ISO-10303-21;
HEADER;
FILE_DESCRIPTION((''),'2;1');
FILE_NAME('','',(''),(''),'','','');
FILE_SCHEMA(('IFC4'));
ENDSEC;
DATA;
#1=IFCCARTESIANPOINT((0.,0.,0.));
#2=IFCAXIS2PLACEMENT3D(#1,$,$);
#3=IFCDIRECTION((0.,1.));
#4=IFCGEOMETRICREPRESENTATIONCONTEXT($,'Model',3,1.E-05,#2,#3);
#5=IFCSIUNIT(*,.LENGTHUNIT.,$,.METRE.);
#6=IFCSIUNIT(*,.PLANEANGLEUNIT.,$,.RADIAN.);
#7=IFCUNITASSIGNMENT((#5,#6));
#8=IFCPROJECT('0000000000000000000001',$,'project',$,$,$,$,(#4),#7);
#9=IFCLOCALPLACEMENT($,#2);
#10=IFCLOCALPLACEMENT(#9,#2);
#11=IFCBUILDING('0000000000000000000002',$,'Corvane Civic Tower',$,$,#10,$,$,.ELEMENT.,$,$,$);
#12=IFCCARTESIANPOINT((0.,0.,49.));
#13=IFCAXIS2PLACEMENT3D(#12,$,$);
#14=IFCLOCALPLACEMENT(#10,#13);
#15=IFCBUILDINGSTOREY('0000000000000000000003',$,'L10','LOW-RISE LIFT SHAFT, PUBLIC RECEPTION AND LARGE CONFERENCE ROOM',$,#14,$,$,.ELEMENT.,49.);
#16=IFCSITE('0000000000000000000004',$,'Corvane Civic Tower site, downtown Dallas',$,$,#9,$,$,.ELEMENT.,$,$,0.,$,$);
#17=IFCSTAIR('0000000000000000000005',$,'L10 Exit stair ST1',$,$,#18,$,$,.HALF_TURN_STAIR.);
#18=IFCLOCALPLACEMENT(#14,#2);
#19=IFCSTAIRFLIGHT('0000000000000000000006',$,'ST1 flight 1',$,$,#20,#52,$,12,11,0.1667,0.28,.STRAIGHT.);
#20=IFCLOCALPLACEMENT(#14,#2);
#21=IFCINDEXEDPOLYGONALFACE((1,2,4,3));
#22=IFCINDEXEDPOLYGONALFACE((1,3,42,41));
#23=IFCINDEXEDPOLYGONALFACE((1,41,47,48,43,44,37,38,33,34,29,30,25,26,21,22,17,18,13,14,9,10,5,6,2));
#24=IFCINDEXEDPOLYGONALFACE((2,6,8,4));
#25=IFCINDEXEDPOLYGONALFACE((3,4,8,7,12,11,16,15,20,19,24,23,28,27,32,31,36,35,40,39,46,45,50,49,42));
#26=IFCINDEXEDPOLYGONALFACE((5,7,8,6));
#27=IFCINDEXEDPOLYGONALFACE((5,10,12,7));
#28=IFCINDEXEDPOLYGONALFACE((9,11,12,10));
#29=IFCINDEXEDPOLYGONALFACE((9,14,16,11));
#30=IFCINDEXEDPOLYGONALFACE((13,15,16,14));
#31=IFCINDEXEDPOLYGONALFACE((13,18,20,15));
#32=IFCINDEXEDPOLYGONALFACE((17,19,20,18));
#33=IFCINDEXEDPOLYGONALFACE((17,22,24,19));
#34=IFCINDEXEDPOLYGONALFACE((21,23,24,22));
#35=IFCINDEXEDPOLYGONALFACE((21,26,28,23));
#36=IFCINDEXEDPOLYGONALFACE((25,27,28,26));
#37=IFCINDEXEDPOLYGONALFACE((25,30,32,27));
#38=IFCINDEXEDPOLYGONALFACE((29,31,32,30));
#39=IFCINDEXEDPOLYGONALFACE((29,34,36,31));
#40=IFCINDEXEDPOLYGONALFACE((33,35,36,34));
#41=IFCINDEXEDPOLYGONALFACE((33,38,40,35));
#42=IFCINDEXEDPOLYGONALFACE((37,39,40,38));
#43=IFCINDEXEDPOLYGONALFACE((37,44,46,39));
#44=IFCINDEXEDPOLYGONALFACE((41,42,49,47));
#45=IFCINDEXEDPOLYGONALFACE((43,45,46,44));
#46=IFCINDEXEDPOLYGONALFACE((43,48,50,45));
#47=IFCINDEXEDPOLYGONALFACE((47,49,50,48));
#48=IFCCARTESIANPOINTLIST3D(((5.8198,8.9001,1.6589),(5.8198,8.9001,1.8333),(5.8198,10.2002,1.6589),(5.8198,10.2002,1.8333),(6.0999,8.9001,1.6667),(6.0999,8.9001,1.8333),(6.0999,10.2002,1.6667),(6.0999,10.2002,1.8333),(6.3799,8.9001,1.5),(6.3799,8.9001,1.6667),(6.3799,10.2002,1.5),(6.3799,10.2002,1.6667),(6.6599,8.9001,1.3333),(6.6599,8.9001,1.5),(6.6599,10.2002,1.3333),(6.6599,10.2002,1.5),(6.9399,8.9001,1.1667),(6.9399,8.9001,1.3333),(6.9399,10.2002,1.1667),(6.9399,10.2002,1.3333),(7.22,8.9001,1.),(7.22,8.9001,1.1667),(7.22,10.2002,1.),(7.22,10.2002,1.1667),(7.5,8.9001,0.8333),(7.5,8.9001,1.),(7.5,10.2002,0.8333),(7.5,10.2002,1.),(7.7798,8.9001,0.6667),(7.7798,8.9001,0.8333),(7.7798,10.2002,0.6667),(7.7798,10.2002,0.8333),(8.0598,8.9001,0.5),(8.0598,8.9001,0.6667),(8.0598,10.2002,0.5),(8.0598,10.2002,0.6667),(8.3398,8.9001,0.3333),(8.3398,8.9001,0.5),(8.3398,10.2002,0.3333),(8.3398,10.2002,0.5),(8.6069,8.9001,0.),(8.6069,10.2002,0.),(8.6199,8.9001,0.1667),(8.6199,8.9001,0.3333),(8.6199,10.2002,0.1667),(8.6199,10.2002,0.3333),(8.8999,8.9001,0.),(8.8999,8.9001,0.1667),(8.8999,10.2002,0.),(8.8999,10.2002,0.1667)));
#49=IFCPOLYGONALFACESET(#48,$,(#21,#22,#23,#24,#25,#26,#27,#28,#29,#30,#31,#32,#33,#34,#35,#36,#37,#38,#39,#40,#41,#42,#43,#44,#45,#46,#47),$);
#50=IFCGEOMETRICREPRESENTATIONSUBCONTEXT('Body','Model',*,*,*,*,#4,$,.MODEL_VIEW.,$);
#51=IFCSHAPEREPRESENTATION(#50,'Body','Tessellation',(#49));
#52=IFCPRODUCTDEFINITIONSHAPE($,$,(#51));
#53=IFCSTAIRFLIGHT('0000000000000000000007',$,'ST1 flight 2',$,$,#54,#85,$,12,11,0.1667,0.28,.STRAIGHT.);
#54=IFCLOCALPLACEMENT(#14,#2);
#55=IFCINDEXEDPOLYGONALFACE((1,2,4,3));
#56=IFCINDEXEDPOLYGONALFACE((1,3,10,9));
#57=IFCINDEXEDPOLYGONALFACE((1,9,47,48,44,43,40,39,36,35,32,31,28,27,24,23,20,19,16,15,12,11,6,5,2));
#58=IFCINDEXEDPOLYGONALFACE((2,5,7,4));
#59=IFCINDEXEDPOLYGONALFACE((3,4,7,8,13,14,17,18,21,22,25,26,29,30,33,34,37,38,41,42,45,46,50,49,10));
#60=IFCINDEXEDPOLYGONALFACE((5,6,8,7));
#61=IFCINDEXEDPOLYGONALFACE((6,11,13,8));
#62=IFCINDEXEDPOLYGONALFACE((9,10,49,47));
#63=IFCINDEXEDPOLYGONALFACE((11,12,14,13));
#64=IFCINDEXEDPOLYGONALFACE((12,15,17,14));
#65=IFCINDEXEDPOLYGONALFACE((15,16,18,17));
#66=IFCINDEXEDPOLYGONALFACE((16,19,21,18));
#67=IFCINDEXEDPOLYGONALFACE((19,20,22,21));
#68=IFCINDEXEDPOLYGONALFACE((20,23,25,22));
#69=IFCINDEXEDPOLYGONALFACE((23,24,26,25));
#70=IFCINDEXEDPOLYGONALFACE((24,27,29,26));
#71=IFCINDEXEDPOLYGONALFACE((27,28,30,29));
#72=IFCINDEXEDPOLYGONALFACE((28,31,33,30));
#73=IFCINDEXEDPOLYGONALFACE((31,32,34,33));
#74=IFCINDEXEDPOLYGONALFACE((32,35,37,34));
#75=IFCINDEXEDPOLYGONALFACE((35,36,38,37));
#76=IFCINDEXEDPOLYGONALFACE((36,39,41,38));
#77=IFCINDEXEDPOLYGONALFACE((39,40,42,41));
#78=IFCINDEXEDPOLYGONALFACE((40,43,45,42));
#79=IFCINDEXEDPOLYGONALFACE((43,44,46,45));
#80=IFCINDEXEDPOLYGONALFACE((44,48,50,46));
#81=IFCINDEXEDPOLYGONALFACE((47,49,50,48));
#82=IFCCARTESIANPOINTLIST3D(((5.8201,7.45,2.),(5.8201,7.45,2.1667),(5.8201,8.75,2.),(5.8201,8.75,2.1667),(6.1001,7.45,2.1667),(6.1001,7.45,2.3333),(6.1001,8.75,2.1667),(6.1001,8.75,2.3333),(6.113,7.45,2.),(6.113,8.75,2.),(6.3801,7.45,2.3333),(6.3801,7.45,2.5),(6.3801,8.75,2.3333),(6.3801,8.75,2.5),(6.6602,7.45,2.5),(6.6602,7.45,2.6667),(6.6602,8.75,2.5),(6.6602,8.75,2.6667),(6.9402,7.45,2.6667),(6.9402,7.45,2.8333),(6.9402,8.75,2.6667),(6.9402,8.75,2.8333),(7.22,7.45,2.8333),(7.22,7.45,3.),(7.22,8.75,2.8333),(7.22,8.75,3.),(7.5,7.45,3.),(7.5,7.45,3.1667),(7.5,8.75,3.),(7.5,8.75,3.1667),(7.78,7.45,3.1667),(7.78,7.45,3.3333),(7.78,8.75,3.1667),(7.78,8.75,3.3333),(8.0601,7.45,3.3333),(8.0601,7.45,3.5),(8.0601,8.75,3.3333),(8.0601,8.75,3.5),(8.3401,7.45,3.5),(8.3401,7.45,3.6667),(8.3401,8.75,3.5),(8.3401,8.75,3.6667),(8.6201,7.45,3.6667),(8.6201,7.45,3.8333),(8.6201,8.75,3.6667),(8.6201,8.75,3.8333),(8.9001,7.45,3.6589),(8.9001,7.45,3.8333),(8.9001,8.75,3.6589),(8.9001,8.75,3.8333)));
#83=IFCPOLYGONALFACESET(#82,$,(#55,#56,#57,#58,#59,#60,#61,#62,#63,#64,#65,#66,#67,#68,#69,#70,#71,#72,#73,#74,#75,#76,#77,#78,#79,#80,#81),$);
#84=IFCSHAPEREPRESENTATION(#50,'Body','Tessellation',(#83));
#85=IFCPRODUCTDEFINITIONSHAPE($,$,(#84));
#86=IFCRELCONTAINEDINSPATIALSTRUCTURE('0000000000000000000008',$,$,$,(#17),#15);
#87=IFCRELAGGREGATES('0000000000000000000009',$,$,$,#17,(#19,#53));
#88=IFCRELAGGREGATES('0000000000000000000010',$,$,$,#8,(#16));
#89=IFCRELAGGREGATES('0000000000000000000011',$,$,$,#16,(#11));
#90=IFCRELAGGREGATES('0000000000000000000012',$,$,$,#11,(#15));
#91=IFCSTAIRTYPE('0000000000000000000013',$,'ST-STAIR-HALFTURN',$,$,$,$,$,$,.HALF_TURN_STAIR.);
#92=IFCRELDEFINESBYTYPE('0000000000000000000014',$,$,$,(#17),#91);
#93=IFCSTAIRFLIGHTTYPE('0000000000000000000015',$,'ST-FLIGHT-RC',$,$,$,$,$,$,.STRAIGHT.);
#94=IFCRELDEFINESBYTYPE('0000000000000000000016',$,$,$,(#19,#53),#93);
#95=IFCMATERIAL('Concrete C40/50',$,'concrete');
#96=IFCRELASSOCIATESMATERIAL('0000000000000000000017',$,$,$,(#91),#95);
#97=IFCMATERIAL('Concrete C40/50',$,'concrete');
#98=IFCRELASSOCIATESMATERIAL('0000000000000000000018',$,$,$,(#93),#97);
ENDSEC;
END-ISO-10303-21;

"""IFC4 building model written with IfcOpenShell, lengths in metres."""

from ifc_helpers import new_model, si_unit, direction, frame, origin, place, context, subcontext, project, spatial, polyline, outline, extrude, material, type_object, element, aggregate, save


model = new_model("IFC4")

# Units and contexts
model_context = context("Model", 3, precision=1e-05, world=origin(), true_north=direction((0.0, 1.0)))
body_context = subcontext(model_context, "Body", "Model", "MODEL_VIEW")
ifc_project = project(units=[si_unit("LENGTHUNIT", "METRE"), si_unit("PLANEANGLEUNIT", "RADIAN")], contexts=[model_context])

# Site, building, storey
site_placement = place(None, origin())
site = spatial("IfcSite", under=ifc_project, at=site_placement, Name="Corvane Civic Tower site, downtown Dallas", CompositionType="ELEMENT", RefElevation=0.0)
building_placement = place(site_placement, origin())
building = spatial("IfcBuilding", under=site, at=building_placement, Name="Corvane Civic Tower", CompositionType="ELEMENT")
storey_placement = place(building_placement, frame((0.0, 0.0, 49.0)))
storey = spatial("IfcBuildingStorey", under=building, at=storey_placement, Name="L10", Description="LOW-RISE LIFT SHAFT, PUBLIC RECEPTION AND LARGE CONFERENCE ROOM", CompositionType="ELEMENT", Elevation=49.0)

# Stair, stair flights
ifc_material_1 = material(Name="Concrete C40/50", Category="concrete")
stair_type = type_object("IfcStairType", Name="ST-STAIR-HALFTURN", PredefinedType="HALF_TURN_STAIR", material=ifc_material_1)
stair_placement = place(storey_placement, origin())
stair = element("IfcStair", 1, at=stair_placement, inside=storey, type_object=stair_type, Name="L10 Exit stair ST1", PredefinedType="HALF_TURN_STAIR")
ifc_material_2 = material(Name="Concrete C40/50", Category="concrete")
stair_flight_type = type_object("IfcStairFlightType", Name="ST-FLIGHT-RC", PredefinedType="STRAIGHT", material=ifc_material_2)
stair_flight_1_placement = place(storey_placement, frame((8.8999, 9.55, 0.0), z_axis=(0.0, 0.0, 1.0), x_axis=(-1.0, 0.0, 0.0)))
stair_flight_1 = element("IfcStairFlight", 2, at=stair_flight_1_placement, type_object=stair_flight_type, Name="ST1 flight 1", NumberOfRisers=12, NumberOfTreads=11, PredefinedType="STRAIGHT", RiserHeight=0.1667, TreadLength=0.28, context=body_context, shape_type="SweptSolid", body=[
    extrude(outline(polyline([(0.0, 0.0), (0.0, 0.1667), (0.28, 0.1667), (0.28, 0.3333), (0.5601, 0.3333), (0.5601, 0.5), (0.8401, 0.5), (0.8401, 0.6667), (1.1201, 0.6667), (1.1201, 0.8333), (1.3999, 0.8333), (1.3999, 1.0), (1.6799, 1.0), (1.6799, 1.1667), (1.96, 1.1667), (1.96, 1.3333), (2.24, 1.3333), (2.24, 1.5), (2.52, 1.5), (2.52, 1.6667), (2.8, 1.6667), (2.8, 1.8333), (3.0801, 1.8333), (3.0801, 2.0), (3.0801, 1.6589), (0.293, 0.0), (0.0, 0.0)])), frame((0.0, 0.6499, 0.0), z_axis=(0.0, -1.0, 0.0), x_axis=(1.0, 0.0, 0.0)), (0.0, 0.0, 1.0), 1.3),
])
stair_flight_2_placement = place(storey_placement, frame((5.8201, 8.1001, 2.0), z_axis=(0.0, 0.0, 1.0), x_axis=(1.0, 0.0, 0.0)))
stair_flight_2 = element("IfcStairFlight", 3, at=stair_flight_2_placement, type_object=stair_flight_type, Name="ST1 flight 2", NumberOfRisers=12, NumberOfTreads=11, PredefinedType="STRAIGHT", RiserHeight=0.1667, TreadLength=0.28, context=body_context, shape_type="SweptSolid", body=[
    extrude(outline(polyline([(0.0, 0.0), (0.0, 0.1667), (0.28, 0.1667), (0.28, 0.3333), (0.5601, 0.3333), (0.5601, 0.5), (0.8401, 0.5), (0.8401, 0.6667), (1.1201, 0.6667), (1.1201, 0.8333), (1.3999, 0.8333), (1.3999, 1.0), (1.6799, 1.0), (1.6799, 1.1667), (1.96, 1.1667), (1.96, 1.3333), (2.24, 1.3333), (2.24, 1.5), (2.52, 1.5), (2.52, 1.6667), (2.8, 1.6667), (2.8, 1.8333), (3.0801, 1.8333), (3.0801, 2.0), (3.0801, 1.6589), (0.293, 0.0), (0.0, 0.0)])), frame((0.0, 0.6499, 0.0), z_axis=(0.0, -1.0, 0.0), x_axis=(1.0, 0.0, 0.0)), (0.0, 0.0, 1.0), 1.3),
])
aggregate(stair, [stair_flight_1, stair_flight_2])

save(model, "model.ifc")
